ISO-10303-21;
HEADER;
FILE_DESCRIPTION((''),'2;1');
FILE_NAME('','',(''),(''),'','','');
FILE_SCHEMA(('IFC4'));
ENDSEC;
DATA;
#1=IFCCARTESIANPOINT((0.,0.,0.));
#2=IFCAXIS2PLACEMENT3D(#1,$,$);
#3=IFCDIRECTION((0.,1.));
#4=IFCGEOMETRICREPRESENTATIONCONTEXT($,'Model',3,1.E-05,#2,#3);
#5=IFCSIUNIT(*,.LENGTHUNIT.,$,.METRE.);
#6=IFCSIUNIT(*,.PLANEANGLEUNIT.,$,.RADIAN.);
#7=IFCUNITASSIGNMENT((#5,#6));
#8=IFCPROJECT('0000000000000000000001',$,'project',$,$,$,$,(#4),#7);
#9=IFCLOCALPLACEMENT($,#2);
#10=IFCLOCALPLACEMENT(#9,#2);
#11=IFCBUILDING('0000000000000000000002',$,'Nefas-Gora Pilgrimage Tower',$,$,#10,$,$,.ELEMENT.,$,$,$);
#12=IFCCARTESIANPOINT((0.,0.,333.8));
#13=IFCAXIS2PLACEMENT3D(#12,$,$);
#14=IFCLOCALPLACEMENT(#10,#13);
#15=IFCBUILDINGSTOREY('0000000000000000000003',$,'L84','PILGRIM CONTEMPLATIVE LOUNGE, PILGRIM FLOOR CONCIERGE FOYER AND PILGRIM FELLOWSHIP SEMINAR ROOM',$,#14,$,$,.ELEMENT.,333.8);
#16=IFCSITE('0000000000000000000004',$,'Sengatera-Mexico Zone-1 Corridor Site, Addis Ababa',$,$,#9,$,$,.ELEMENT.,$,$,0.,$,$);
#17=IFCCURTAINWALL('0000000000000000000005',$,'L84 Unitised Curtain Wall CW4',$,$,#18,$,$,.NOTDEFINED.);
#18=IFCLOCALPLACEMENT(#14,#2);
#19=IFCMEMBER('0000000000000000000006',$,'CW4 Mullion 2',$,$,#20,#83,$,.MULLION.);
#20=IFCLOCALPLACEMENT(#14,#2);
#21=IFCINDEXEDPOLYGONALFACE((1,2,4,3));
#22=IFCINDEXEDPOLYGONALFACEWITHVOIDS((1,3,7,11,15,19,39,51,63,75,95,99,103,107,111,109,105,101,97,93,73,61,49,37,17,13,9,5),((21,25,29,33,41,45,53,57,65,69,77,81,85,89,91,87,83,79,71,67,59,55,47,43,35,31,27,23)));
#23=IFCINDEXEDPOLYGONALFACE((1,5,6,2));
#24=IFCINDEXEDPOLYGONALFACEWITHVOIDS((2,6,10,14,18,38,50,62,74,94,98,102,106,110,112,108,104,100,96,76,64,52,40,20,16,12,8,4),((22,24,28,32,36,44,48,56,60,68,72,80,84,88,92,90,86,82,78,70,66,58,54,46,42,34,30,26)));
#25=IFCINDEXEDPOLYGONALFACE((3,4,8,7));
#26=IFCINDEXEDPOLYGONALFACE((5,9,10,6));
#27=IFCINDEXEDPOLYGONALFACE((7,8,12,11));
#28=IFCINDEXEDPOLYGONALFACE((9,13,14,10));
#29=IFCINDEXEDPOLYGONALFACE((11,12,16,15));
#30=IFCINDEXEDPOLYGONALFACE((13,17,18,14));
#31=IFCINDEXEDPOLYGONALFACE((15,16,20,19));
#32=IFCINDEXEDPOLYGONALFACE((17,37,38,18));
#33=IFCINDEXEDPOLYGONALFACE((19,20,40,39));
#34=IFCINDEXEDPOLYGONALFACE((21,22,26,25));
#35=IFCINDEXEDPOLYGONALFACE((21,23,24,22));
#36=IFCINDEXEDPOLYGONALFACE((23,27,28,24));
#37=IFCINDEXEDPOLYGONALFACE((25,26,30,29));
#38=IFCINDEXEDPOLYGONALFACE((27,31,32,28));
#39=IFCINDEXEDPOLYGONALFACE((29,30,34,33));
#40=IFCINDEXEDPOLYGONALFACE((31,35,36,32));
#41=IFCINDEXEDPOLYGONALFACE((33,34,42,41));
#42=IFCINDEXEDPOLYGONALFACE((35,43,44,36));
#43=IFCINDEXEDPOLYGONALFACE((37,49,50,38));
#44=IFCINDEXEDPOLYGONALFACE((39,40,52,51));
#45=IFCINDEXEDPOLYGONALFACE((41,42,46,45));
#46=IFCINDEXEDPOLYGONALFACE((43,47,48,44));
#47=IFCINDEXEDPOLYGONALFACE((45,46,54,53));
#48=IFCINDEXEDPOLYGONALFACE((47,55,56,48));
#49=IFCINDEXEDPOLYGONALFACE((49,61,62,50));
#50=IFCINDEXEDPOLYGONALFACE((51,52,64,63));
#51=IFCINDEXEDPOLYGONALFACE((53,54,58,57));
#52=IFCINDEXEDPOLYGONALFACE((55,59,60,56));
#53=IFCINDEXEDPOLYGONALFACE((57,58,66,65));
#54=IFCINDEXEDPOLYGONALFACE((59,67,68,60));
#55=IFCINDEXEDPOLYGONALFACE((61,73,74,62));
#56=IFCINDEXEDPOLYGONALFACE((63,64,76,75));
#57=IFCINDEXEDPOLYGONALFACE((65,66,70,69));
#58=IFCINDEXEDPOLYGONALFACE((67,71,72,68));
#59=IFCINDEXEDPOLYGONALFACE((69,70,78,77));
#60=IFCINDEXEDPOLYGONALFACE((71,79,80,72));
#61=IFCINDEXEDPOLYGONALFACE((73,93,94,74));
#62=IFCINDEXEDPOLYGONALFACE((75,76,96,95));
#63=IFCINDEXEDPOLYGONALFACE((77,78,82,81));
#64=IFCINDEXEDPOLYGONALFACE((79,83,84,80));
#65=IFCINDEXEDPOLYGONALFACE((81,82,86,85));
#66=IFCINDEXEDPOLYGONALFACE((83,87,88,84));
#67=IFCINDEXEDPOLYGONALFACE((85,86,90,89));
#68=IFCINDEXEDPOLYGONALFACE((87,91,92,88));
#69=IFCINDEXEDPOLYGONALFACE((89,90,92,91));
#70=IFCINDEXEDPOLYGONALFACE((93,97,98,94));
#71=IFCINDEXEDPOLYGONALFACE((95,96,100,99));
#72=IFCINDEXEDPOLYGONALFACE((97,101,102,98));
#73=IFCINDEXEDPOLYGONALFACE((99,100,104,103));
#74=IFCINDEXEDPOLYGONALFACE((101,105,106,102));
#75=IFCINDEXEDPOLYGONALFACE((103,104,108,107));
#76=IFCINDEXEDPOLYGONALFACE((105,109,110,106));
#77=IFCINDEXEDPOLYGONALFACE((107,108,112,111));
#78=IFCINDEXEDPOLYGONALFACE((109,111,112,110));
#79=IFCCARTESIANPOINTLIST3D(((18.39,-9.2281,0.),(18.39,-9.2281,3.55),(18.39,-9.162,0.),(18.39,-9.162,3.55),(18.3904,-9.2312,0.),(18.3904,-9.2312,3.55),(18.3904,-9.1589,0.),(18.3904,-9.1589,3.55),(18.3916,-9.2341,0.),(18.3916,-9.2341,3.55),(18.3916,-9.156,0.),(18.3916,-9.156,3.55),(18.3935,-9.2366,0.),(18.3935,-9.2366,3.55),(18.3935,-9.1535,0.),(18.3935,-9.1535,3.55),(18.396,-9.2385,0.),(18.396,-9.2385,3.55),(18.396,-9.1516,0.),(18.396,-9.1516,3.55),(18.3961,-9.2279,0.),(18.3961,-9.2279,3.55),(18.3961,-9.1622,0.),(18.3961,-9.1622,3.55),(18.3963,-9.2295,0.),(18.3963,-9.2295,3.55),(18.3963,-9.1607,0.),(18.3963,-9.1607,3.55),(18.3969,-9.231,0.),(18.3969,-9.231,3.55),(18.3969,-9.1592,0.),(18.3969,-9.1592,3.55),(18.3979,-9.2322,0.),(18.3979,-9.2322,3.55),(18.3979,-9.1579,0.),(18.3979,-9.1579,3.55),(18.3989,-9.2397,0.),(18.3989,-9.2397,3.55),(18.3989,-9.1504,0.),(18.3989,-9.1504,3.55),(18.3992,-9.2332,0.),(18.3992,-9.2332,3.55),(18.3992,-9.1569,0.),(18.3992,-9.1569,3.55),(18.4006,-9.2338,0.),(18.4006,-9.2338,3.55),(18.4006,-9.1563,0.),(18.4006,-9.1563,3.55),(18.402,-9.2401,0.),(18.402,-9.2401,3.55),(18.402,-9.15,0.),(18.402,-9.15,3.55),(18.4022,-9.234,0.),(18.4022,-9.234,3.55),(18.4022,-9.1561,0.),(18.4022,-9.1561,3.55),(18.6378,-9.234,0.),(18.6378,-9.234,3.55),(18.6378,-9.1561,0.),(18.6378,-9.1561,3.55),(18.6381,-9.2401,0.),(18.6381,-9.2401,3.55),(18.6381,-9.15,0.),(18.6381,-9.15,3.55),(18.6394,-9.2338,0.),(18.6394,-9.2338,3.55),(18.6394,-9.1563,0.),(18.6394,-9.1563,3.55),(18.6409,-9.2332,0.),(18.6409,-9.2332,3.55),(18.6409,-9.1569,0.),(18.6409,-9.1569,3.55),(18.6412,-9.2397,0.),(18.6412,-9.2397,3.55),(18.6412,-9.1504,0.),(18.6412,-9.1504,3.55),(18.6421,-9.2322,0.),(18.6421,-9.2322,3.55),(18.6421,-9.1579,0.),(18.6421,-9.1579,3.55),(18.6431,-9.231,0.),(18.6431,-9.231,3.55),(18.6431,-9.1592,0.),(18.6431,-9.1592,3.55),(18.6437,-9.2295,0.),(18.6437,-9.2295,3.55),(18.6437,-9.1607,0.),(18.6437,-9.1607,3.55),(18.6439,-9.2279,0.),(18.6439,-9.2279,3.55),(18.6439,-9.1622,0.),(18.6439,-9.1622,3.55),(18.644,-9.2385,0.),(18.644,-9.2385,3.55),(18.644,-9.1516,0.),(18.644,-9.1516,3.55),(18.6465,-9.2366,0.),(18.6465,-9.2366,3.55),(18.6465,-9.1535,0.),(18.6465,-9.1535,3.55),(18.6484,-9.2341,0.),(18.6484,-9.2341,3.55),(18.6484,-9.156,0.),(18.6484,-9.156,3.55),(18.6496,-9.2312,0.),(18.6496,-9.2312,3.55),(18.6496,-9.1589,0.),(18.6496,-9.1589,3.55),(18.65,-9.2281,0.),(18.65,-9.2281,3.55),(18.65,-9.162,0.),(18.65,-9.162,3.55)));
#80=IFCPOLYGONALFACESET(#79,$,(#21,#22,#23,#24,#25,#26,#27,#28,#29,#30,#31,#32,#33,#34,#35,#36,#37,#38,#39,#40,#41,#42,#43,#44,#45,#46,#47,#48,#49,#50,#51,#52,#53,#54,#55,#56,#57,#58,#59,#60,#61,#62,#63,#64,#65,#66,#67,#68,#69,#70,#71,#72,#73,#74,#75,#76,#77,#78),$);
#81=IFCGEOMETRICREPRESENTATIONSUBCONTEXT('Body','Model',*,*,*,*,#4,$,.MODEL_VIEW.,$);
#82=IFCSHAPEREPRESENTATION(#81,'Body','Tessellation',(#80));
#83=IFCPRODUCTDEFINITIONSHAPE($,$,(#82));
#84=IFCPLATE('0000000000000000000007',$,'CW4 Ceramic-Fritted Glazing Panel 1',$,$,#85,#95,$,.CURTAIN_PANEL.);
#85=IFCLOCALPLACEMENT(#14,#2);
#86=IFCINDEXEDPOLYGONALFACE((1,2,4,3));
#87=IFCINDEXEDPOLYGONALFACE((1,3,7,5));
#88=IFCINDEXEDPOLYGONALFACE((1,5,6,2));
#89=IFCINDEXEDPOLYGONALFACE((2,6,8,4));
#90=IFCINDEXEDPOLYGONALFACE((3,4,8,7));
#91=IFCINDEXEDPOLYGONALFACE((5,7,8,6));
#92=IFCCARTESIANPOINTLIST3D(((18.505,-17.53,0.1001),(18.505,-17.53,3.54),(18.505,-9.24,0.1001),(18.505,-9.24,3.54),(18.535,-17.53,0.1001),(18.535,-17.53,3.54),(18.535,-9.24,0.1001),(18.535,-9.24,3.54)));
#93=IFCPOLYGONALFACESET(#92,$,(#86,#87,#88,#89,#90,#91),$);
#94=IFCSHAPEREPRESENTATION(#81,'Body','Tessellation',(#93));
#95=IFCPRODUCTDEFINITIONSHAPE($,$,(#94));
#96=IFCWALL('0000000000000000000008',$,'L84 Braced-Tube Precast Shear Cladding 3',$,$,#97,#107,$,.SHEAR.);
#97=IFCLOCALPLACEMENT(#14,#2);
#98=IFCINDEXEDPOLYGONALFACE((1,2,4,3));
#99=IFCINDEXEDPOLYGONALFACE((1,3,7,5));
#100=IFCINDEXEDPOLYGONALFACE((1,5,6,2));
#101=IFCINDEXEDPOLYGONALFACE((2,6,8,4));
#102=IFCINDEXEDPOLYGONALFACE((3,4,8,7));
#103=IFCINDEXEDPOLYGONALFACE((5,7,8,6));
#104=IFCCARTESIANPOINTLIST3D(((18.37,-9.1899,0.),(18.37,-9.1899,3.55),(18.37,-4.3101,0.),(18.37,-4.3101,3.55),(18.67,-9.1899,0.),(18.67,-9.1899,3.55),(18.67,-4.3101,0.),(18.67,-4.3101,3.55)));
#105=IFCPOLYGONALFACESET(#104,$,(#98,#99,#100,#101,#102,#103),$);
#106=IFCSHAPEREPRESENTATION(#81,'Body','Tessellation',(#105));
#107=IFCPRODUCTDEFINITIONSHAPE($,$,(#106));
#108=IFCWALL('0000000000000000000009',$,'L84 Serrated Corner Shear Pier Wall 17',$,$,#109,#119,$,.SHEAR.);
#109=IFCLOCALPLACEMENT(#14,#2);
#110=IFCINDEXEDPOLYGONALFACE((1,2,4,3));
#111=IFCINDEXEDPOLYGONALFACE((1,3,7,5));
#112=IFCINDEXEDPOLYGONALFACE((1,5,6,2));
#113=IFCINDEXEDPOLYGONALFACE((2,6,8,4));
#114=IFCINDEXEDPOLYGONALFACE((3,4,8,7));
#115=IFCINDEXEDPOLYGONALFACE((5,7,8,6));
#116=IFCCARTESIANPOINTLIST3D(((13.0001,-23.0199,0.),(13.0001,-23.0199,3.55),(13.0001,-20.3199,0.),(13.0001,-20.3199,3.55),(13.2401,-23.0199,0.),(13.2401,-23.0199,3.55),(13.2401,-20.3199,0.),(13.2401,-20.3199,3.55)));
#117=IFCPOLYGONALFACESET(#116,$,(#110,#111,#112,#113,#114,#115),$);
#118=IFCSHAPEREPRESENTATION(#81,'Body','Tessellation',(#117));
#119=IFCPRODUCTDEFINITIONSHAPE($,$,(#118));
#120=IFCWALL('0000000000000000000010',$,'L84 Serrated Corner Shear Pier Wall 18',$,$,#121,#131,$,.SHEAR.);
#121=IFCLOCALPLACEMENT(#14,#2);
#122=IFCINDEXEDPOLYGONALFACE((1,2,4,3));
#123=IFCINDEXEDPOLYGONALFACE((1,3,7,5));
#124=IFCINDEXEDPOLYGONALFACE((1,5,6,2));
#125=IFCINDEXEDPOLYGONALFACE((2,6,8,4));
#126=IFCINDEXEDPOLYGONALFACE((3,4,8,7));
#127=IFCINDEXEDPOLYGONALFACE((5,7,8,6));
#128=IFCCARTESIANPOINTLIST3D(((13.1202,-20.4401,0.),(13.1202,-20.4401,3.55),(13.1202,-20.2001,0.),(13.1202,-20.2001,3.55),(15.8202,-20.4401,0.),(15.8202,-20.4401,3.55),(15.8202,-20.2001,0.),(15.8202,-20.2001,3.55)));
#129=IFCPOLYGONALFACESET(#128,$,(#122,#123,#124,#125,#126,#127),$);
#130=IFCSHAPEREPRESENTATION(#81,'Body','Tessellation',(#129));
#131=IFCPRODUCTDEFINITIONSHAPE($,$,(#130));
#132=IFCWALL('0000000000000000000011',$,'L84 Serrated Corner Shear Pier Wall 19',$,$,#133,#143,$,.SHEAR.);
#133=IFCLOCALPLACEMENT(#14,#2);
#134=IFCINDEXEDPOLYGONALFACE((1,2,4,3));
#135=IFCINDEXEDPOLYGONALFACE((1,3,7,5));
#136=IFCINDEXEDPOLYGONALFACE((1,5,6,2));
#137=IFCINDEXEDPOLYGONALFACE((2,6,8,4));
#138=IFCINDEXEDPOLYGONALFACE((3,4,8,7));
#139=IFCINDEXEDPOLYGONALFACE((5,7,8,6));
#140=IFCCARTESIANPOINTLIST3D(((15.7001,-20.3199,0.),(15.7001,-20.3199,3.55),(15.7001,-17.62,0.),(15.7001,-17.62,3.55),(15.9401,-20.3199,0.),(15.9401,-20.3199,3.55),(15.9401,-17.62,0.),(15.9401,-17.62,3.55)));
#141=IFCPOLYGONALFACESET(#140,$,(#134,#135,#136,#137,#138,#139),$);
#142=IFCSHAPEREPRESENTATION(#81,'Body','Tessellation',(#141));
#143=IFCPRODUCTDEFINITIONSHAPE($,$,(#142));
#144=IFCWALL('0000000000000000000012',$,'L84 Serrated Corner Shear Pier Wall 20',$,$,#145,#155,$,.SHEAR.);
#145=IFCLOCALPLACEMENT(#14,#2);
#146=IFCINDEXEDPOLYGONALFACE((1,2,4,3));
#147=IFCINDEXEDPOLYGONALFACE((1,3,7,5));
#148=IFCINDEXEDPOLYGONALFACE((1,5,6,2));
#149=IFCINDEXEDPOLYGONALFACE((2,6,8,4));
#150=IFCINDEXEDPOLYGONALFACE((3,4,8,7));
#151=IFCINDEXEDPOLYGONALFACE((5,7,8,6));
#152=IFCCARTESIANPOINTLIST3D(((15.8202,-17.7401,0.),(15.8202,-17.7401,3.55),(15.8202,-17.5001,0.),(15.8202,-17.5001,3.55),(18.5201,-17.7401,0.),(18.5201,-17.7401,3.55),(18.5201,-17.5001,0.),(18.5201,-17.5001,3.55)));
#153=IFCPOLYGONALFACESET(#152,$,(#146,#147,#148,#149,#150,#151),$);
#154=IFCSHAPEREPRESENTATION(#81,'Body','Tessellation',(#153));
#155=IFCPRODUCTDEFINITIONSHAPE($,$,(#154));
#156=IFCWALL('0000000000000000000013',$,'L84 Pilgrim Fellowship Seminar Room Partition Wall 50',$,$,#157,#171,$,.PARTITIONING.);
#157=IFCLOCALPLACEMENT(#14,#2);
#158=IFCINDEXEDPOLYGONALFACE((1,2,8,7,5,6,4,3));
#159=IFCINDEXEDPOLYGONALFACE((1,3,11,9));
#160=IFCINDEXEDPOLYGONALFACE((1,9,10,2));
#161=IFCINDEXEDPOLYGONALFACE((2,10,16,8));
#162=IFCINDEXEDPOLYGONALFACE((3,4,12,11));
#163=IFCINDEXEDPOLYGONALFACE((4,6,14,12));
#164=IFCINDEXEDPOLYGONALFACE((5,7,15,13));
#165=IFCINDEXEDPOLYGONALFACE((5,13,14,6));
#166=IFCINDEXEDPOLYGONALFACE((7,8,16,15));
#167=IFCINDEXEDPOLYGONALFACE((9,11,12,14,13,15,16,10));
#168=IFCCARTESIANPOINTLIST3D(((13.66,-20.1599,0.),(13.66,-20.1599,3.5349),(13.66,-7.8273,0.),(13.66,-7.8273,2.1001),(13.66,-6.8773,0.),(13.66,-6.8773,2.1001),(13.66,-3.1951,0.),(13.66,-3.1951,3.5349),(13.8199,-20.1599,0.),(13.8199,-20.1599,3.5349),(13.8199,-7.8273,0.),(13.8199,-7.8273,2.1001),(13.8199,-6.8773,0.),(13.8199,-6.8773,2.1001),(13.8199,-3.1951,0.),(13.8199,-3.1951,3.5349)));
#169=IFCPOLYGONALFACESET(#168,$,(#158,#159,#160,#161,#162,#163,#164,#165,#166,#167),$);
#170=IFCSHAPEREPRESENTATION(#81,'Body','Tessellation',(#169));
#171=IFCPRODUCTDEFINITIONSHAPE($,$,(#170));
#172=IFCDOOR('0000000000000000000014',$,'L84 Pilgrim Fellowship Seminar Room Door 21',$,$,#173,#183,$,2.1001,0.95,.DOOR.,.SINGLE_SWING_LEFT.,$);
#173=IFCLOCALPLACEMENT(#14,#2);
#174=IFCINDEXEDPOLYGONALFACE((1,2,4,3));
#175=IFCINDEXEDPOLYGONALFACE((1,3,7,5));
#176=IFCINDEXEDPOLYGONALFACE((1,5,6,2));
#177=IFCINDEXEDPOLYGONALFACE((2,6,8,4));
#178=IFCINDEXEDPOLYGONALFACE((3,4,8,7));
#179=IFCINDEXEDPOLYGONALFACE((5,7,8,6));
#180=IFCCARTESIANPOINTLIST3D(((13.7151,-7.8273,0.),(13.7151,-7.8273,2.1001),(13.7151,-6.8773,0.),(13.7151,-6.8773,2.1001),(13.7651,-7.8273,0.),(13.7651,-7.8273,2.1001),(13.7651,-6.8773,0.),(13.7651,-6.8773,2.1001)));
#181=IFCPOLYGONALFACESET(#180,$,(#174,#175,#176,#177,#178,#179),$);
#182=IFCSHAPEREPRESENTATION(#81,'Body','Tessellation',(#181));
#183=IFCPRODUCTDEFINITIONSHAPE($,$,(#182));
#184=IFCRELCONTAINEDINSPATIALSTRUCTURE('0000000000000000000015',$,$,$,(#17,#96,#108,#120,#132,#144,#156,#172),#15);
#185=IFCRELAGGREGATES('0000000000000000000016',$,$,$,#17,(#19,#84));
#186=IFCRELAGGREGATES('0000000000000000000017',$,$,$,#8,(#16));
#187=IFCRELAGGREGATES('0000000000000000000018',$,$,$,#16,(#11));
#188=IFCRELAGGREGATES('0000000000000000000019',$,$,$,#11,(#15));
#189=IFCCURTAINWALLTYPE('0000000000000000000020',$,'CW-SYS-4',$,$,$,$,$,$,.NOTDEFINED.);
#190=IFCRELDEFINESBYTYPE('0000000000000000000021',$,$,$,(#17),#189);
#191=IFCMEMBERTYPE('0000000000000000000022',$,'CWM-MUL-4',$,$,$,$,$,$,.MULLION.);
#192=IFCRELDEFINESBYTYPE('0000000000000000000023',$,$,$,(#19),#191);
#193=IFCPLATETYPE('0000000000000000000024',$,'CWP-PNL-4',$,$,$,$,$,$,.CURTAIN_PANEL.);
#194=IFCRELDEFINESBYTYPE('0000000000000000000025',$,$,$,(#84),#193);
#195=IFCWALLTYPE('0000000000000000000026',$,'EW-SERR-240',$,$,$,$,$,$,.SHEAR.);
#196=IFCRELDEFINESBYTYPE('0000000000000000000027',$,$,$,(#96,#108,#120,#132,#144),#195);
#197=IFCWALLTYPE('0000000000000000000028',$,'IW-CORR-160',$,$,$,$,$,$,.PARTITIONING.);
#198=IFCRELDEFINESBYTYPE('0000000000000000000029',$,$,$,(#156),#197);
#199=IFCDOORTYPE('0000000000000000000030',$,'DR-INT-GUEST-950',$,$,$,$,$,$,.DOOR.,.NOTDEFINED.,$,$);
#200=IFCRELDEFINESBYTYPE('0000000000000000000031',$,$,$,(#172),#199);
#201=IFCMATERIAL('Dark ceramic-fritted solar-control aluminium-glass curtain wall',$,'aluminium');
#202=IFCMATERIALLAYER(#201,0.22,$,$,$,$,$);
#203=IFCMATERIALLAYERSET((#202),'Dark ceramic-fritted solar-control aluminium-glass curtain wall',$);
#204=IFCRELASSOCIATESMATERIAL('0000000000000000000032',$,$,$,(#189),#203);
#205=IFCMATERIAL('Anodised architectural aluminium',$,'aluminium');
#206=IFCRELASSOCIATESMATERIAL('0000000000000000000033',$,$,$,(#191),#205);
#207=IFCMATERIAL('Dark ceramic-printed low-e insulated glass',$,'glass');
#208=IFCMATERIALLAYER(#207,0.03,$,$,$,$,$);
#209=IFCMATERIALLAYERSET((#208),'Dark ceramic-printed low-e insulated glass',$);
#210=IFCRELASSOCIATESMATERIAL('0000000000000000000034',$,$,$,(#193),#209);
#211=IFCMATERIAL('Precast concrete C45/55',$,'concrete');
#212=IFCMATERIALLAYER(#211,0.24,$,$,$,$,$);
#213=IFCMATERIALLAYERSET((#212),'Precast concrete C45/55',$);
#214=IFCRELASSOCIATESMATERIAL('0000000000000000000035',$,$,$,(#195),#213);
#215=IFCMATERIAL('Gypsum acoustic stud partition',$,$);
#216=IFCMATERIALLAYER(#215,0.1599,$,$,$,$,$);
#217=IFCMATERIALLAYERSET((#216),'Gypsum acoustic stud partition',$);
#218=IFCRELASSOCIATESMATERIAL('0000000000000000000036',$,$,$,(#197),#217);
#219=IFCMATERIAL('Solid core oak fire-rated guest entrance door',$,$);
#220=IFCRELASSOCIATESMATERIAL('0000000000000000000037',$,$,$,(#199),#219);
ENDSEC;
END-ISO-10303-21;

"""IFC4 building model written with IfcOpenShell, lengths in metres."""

from ifc_helpers import new_model, si_unit, direction, frame, frame_2d, origin, origin_2d, place, context, subcontext, project, spatial, rectangle, hollow_rectangle, extrude, source, transform, mapped, material, layer, layer_set, material_profile, profile_set, type_object, element, fill, aggregate, save


model = new_model("IFC4")

# Units and contexts
model_context = context("Model", 3, precision=1e-05, world=origin(), true_north=direction((0.0, 1.0)))
body_context = subcontext(model_context, "Body", "Model", "MODEL_VIEW")
ifc_project = project(units=[si_unit("LENGTHUNIT", "METRE"), si_unit("PLANEANGLEUNIT", "RADIAN")], contexts=[model_context])

# Site, building, storey
site_placement = place(None, origin())
site = spatial("IfcSite", under=ifc_project, at=site_placement, Name="Sengatera-Mexico Zone-1 Corridor Site, Addis Ababa", CompositionType="ELEMENT", RefElevation=0.0)
building_placement = place(site_placement, origin())
building = spatial("IfcBuilding", under=site, at=building_placement, Name="Nefas-Gora Pilgrimage Tower", CompositionType="ELEMENT")
storey_placement = place(building_placement, frame((0.0, 0.0, 333.8)))
storey = spatial("IfcBuildingStorey", under=building, at=storey_placement, Name="L84", Description="PILGRIM CONTEMPLATIVE LOUNGE, PILGRIM FLOOR CONCIERGE FOYER AND PILGRIM FELLOWSHIP SEMINAR ROOM", CompositionType="ELEMENT", Elevation=333.8)

# Curtain wall, member, plate
ifc_material_1 = material(Name="Dark ceramic-fritted solar-control aluminium-glass curtain wall", Category="aluminium")
ifc_layer_1 = layer(ifc_material_1, 0.22)
ifc_layer_set_1 = layer_set([ifc_layer_1], Name="Dark ceramic-fritted solar-control aluminium-glass curtain wall")
curtain_wall_type = type_object("IfcCurtainWallType", Name="CW-SYS-4", PredefinedType="NOTDEFINED", material=ifc_layer_set_1)
curtain_wall_placement = place(storey_placement, origin())
curtain_wall = element("IfcCurtainWall", 1, at=curtain_wall_placement, inside=storey, type_object=curtain_wall_type, Name="L84 Unitised Curtain Wall CW4", PredefinedType="NOTDEFINED")
ifc_material_2 = material(Name="Anodised architectural aluminium", Category="aluminium")
ifc_material_profile_1 = material_profile(ifc_material_2, hollow_rectangle(XDim=0.0901, YDim=0.26, WallThickness=0.0061, InnerFilletRadius=0.0061, OuterFilletRadius=0.012, at=origin_2d()), Name="ALU MULLION 90x260")
ifc_profile_set_1 = profile_set([ifc_material_profile_1], Name="Anodised architectural aluminium")
member_type_1 = type_object("IfcMemberType", Name="CWM-MUL-4", PredefinedType="MULLION", material=ifc_profile_set_1)
shared_shape_1 = source(origin(), body_context, "Body", "SweptSolid", [
    extrude(hollow_rectangle(XDim=0.0901, YDim=0.26, WallThickness=0.0061, InnerFilletRadius=0.0061, OuterFilletRadius=0.012, at=origin_2d()), origin(), (0.0, 0.0, 1.0), 3.55),
])
member_1_placement = place(storey_placement, frame((18.52, -9.1951, 0.0), z_axis=(0.0, 0.0, 1.0), x_axis=(0.0, 1.0, 0.0)))
member_1 = element("IfcMember", 2, at=member_1_placement, type_object=member_type_1, Name="CW4 Mullion 2", PredefinedType="MULLION", context=body_context, shape_type="MappedRepresentation", body=[
    mapped(shared_shape_1, transform((0.0, 0.0, 0.0), x_axis=(1.0, 0.0, 0.0), y_axis=(0.0, 1.0, 0.0), z_axis=(0.0, 0.0, 1.0), scale=1.0)),
])
ifc_material_3 = material(Name="Dark ceramic-printed low-e insulated glass", Category="glass")
ifc_layer_2 = layer(ifc_material_3, 0.03)
ifc_layer_set_2 = layer_set([ifc_layer_2], Name="Dark ceramic-printed low-e insulated glass")
plate_type = type_object("IfcPlateType", Name="CWP-PNL-4", PredefinedType="CURTAIN_PANEL", material=ifc_layer_set_2)
shared_shape_2 = source(origin(), body_context, "Body", "SweptSolid", [
    extrude(rectangle(XDim=8.29, YDim=0.03, at=origin_2d()), origin(), (0.0, 0.0, 1.0), 3.4399),
])
plate_placement = place(storey_placement, frame((18.52, -13.385, 0.1001), z_axis=(0.0, 0.0, 1.0), x_axis=(0.0, 1.0, 0.0)))
plate = element("IfcPlate", 3, at=plate_placement, type_object=plate_type, Name="CW4 Ceramic-Fritted Glazing Panel 1", PredefinedType="CURTAIN_PANEL", context=body_context, shape_type="MappedRepresentation", body=[
    mapped(shared_shape_2, transform((0.0, 0.0, 0.0), x_axis=(1.0, 0.0, 0.0), y_axis=(0.0, 1.0, 0.0), z_axis=(0.0, 0.0, 1.0), scale=1.0)),
])
aggregate(curtain_wall, [member_1, plate])

# Walls
ifc_material_4 = material(Name="Precast concrete C45/55", Category="concrete")
ifc_layer_3 = layer(ifc_material_4, 0.24)
ifc_layer_set_3 = layer_set([ifc_layer_3], Name="Precast concrete C45/55")
wall_type_1 = type_object("IfcWallType", Name="EW-SERR-240", PredefinedType="SHEAR", material=ifc_layer_set_3)
shared_shape_3 = source(origin(), body_context, "Body", "SweptSolid", [
    extrude(rectangle(XDim=4.8799, YDim=0.3, at=frame_2d((2.4399, 0.0))), origin(), (0.0, 0.0, 1.0), 3.55),
])
wall_1_placement = place(storey_placement, frame((18.52, -9.1899, 0.0), z_axis=(0.0, 0.0, 1.0), x_axis=(0.0, 1.0, 0.0)))
element("IfcWall", 4, at=wall_1_placement, inside=storey, type_object=wall_type_1, Name="L84 Braced-Tube Precast Shear Cladding 3", PredefinedType="SHEAR", context=body_context, shape_type="MappedRepresentation", body=[
    mapped(shared_shape_3, transform((0.0, 0.0, 0.0), x_axis=(1.0, 0.0, 0.0), y_axis=(0.0, 1.0, 0.0), z_axis=(0.0, 0.0, 1.0), scale=1.0)),
])
shared_shape_4 = source(origin(), body_context, "Body", "SweptSolid", [
    extrude(rectangle(XDim=2.7, YDim=0.24, at=frame_2d((1.3501, 0.0))), origin(), (0.0, 0.0, 1.0), 3.55),
])
for number, where, z_axis, x_axis, name in (
    (5, (13.1201, -23.02, 0.0), (0.0, 0.0, 1.0), (0.0, 1.0, 0.0), "L84 Serrated Corner Shear Pier Wall 17"),
    (6, (13.1201, -20.3201, 0.0), (0.0, 0.0, 1.0), (1.0, 0.0, 0.0), "L84 Serrated Corner Shear Pier Wall 18"),
    (7, (15.8201, -20.3201, 0.0), (0.0, 0.0, 1.0), (0.0, 1.0, 0.0), "L84 Serrated Corner Shear Pier Wall 19"),
    (8, (15.8201, -17.6201, 0.0), (0.0, 0.0, 1.0), (1.0, 0.0, 0.0), "L84 Serrated Corner Shear Pier Wall 20"),
):
    element("IfcWall", number, at=place(storey_placement, frame(where, z_axis=z_axis, x_axis=x_axis)), inside=storey, type_object=wall_type_1, Name=name, PredefinedType="SHEAR", context=body_context, shape_type="MappedRepresentation", body=[
        mapped(shared_shape_4, transform((0.0, 0.0, 0.0), x_axis=(1.0, 0.0, 0.0), y_axis=(0.0, 1.0, 0.0), z_axis=(0.0, 0.0, 1.0), scale=1.0)),
    ])

# Wall, opening, door
ifc_material_5 = material(Name="Gypsum acoustic stud partition")
ifc_layer_4 = layer(ifc_material_5, 0.1599)
ifc_layer_set_4 = layer_set([ifc_layer_4], Name="Gypsum acoustic stud partition")
wall_type_2 = type_object("IfcWallType", Name="IW-CORR-160", PredefinedType="PARTITIONING", material=ifc_layer_set_4)
shared_shape_5 = source(origin(), body_context, "Body", "SweptSolid", [
    extrude(rectangle(XDim=16.9648, YDim=0.1599, at=frame_2d((8.4824, 0.0))), origin(), (0.0, 0.0, 1.0), 3.5349),
])
wall_2_placement = place(storey_placement, frame((13.74, -20.1599, 0.0), z_axis=(0.0, 0.0, 1.0), x_axis=(0.0, 1.0, 0.0)))
wall_2 = element("IfcWall", 9, at=wall_2_placement, inside=storey, type_object=wall_type_2, Name="L84 Pilgrim Fellowship Seminar Room Partition Wall 50", PredefinedType="PARTITIONING", context=body_context, shape_type="MappedRepresentation", body=[
    mapped(shared_shape_5, transform((0.0, 0.0, 0.0), x_axis=(1.0, 0.0, 0.0), y_axis=(0.0, 1.0, 0.0), z_axis=(0.0, 0.0, 1.0), scale=1.0)),
])
opening_placement = place(wall_2_placement, frame((12.3325, 0.0, 0.0)))
opening = element("IfcOpeningElement", 10, at=opening_placement, cuts=wall_2, PredefinedType="OPENING", context=body_context, shape_type="SweptSolid", body=[
    extrude(rectangle(XDim=0.95, YDim=2.1001, at=frame_2d((0.4751, 1.05))), frame((0.0, 0.0898, 0.0), z_axis=(0.0, -1.0, 0.0), x_axis=(1.0, 0.0, 0.0)), (0.0, 0.0, 1.0), 0.1799),
])
ifc_material_6 = material(Name="Solid core oak fire-rated guest entrance door")
door_type = type_object("IfcDoorType", Name="DR-INT-GUEST-950", OperationType="NOTDEFINED", PredefinedType="DOOR", material=ifc_material_6)
shared_shape_6 = source(origin(), body_context, "Body", "SweptSolid", [
    extrude(rectangle(XDim=0.95, YDim=2.1001, at=frame_2d((0.4751, 1.05))), frame((0.0, 0.0249, 0.0), z_axis=(0.0, -1.0, 0.0), x_axis=(1.0, 0.0, 0.0)), (0.0, 0.0, 1.0), 0.05),
])
door_placement = place(opening_placement, origin())
door = element("IfcDoor", 11, at=door_placement, inside=storey, type_object=door_type, Name="L84 Pilgrim Fellowship Seminar Room Door 21", OperationType="SINGLE_SWING_LEFT", OverallHeight=2.1001, OverallWidth=0.95, PredefinedType="DOOR", context=body_context, shape_type="MappedRepresentation", body=[
    mapped(shared_shape_6, transform((0.0, 0.0, 0.0), x_axis=(1.0, 0.0, 0.0), y_axis=(0.0, 1.0, 0.0), z_axis=(0.0, 0.0, 1.0), scale=1.0)),
])
fill(opening, door)

save(model, "model.ifc")
